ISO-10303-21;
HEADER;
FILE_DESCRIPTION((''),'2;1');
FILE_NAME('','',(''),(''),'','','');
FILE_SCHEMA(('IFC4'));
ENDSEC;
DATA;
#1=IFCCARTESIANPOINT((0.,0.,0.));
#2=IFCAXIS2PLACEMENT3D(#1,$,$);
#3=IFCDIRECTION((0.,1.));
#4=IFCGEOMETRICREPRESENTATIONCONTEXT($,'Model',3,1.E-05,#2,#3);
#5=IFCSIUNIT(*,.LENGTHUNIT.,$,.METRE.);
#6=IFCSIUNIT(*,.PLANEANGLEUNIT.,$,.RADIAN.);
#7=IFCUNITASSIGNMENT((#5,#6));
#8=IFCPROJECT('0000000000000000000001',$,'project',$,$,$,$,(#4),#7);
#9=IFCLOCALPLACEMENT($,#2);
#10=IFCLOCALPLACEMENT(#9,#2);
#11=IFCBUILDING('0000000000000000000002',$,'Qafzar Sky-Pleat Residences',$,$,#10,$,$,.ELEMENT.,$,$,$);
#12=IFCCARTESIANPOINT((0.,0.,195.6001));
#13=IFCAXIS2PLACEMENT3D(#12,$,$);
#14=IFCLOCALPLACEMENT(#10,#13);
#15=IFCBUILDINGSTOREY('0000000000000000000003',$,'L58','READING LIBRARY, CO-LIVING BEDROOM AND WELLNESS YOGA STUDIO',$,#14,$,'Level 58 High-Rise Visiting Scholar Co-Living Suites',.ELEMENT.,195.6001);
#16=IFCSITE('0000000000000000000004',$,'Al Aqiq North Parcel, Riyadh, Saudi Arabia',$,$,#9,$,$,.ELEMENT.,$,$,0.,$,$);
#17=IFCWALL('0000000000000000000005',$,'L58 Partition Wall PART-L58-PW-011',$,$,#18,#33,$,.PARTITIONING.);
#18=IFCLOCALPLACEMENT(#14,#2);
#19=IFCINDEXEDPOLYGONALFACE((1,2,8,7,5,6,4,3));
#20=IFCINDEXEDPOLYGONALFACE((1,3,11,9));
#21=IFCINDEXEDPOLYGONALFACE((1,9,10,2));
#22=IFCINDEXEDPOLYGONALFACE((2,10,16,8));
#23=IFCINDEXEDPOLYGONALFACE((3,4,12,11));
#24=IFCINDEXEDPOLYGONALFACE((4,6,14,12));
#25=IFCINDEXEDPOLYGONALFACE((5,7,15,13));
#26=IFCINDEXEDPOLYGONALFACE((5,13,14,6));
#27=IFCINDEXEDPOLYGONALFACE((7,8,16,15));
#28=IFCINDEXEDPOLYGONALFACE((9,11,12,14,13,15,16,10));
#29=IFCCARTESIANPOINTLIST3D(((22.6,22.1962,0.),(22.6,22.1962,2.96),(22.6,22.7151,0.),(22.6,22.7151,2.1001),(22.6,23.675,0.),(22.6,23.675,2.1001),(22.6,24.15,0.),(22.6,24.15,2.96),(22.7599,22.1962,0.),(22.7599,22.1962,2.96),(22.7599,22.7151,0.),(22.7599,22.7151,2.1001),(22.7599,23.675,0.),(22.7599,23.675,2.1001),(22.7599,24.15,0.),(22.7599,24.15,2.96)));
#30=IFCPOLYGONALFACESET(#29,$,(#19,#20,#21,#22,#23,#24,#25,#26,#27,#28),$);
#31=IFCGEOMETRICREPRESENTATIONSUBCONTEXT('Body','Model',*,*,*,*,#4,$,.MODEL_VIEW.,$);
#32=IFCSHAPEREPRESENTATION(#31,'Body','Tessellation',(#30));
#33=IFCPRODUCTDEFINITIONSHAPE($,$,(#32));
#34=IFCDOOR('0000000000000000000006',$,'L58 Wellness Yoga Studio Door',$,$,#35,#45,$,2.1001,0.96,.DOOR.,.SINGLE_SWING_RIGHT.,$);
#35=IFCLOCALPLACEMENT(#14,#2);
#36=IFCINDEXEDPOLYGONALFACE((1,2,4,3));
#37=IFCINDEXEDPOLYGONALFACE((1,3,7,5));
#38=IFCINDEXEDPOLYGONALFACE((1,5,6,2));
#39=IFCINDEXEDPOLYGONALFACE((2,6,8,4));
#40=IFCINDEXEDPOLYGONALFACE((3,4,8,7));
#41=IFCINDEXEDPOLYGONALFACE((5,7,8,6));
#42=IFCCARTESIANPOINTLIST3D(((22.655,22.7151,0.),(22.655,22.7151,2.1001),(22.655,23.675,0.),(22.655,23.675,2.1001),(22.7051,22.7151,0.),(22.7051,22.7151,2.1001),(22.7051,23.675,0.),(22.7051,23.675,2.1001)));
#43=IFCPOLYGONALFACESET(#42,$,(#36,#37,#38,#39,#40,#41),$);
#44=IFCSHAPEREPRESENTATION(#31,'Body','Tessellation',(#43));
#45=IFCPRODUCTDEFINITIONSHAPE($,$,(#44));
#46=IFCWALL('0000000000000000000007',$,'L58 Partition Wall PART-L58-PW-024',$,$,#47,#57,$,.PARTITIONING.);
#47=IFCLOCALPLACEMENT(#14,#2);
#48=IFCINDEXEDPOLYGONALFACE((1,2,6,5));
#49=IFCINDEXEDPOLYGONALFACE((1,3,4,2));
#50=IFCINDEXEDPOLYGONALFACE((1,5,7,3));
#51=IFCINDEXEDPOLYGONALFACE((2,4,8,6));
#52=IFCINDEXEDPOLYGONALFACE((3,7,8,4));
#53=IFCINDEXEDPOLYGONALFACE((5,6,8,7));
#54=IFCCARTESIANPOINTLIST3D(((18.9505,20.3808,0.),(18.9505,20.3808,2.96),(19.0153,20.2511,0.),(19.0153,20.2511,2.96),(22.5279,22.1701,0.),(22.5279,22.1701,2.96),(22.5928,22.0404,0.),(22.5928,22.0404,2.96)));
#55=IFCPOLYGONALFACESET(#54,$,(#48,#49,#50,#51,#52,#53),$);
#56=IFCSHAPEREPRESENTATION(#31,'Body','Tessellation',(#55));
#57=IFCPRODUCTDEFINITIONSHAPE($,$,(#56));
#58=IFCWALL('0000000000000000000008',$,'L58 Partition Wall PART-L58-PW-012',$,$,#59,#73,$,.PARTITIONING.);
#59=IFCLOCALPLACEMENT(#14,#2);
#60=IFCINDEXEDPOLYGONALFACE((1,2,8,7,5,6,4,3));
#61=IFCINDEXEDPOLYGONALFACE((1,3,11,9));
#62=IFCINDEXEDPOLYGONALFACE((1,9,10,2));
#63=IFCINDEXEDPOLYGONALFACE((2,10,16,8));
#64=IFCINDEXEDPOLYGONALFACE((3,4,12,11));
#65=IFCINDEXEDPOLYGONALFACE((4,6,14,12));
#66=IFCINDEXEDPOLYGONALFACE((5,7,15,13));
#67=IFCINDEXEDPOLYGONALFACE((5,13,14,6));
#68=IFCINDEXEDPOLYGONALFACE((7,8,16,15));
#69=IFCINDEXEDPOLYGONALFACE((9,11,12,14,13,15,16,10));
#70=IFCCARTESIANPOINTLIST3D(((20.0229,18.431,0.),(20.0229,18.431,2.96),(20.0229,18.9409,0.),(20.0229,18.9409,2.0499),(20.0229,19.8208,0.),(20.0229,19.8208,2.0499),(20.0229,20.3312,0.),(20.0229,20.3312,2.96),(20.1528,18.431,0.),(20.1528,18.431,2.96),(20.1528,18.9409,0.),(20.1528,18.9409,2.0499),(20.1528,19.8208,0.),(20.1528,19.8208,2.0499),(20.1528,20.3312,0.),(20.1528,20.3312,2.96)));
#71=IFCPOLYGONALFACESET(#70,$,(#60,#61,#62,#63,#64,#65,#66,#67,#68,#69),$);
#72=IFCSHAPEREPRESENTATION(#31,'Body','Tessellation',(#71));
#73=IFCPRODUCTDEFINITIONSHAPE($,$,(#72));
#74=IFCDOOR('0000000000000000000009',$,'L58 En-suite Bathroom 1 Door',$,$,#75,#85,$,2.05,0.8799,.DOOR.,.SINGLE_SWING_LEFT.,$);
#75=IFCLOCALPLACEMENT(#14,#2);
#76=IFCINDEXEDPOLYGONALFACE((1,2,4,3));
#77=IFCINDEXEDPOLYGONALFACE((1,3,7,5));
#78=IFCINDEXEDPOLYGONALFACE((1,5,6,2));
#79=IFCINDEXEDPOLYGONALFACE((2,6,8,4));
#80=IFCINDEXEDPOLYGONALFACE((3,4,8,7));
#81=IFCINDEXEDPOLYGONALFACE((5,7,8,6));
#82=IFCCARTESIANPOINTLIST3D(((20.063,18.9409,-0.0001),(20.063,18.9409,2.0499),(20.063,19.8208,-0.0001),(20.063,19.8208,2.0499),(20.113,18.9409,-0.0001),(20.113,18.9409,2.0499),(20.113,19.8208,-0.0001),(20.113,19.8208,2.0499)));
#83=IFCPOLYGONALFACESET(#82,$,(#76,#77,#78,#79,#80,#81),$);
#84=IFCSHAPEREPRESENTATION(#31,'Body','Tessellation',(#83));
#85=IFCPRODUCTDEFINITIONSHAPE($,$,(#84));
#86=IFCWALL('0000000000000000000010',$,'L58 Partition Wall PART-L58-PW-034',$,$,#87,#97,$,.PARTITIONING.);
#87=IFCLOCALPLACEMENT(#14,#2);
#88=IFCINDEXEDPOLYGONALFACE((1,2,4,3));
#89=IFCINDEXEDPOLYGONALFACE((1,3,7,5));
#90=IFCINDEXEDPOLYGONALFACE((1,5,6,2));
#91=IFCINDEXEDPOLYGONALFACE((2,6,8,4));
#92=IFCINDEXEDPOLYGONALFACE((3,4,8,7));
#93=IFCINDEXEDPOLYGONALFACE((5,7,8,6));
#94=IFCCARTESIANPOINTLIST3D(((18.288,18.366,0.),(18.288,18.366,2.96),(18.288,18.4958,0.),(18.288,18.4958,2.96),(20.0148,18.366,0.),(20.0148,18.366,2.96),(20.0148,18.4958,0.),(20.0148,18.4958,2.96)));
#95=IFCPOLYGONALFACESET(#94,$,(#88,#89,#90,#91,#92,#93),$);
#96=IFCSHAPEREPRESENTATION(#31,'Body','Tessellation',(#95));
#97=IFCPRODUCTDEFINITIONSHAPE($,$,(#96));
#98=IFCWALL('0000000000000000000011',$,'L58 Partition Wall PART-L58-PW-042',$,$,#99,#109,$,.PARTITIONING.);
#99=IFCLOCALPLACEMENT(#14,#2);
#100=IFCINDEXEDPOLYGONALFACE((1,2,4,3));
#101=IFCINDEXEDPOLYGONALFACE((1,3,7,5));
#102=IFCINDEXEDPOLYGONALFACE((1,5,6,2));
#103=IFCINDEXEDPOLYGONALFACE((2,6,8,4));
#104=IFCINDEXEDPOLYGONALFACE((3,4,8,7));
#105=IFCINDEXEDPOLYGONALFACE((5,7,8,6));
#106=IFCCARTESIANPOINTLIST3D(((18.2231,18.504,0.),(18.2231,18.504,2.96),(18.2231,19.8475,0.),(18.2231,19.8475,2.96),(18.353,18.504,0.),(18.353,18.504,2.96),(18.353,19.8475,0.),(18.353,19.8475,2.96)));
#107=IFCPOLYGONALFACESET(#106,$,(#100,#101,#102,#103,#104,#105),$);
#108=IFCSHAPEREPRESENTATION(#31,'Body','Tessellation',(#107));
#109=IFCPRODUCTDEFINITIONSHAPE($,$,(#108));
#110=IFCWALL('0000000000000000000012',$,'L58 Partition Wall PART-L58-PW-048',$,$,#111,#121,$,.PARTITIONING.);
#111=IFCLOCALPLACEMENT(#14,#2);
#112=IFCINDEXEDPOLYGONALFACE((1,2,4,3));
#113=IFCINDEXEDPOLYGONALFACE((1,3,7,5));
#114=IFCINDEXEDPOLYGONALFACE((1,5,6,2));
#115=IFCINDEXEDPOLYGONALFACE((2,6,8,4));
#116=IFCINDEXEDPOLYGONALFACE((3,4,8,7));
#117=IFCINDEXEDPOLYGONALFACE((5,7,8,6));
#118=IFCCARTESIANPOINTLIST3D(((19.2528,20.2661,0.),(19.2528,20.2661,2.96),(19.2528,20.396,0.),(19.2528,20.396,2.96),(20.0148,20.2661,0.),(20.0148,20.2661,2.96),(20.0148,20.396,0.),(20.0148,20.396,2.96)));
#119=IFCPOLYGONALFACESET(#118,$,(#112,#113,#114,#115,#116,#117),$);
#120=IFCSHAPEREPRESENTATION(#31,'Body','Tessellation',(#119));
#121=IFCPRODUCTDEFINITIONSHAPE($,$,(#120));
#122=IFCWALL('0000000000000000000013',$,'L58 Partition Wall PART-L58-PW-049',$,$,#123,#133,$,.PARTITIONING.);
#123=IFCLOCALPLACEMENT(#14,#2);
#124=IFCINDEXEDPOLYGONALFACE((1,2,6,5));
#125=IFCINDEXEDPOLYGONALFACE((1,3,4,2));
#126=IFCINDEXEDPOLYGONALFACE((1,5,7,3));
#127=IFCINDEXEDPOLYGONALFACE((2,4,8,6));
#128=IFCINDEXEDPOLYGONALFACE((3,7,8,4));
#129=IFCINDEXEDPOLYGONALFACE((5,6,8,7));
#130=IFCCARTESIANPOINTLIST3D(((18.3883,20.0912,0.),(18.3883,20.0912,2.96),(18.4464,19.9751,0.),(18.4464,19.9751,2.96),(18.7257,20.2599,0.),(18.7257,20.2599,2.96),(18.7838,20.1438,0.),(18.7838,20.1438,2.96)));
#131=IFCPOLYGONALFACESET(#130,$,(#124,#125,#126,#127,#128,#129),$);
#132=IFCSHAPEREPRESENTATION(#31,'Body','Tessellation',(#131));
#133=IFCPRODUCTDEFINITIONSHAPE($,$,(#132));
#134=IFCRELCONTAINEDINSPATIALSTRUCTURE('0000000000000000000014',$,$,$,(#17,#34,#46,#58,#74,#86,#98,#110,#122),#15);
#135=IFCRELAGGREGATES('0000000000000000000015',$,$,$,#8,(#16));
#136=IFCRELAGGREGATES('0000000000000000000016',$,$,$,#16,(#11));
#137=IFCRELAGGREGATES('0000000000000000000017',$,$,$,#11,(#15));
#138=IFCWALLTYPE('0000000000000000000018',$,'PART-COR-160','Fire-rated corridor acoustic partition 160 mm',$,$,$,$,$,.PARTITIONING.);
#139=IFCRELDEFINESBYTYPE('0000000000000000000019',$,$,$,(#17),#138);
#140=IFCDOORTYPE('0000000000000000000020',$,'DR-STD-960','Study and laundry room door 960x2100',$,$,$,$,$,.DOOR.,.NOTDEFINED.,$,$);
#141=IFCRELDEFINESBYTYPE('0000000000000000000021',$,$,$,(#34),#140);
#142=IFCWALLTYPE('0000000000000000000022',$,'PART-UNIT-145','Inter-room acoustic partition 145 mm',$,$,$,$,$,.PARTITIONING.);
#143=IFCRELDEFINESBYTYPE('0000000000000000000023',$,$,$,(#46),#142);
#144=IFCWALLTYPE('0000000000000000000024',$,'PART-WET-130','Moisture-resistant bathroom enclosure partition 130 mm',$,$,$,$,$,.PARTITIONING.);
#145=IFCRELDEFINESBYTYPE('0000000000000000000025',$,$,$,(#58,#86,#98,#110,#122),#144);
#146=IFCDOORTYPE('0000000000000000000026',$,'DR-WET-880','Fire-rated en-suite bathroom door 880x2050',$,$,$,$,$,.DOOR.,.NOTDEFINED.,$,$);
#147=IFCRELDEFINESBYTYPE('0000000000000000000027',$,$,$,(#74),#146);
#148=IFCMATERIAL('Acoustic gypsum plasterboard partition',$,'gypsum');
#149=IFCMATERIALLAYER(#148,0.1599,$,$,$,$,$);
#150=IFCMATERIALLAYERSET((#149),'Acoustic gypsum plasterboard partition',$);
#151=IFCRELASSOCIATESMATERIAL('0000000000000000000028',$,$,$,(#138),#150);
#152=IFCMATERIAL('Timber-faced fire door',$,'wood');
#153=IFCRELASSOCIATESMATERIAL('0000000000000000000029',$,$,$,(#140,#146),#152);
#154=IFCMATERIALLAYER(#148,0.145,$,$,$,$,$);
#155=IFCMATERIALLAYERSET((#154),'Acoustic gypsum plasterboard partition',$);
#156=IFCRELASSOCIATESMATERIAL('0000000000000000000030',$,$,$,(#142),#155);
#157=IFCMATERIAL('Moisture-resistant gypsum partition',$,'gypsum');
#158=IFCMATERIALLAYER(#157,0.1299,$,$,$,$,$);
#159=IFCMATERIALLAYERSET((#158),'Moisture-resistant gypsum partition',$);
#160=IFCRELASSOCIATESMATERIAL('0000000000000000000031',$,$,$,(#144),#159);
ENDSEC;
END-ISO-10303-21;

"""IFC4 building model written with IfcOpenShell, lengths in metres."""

from ifc_helpers import new_model, si_unit, direction, frame, frame_2d, origin, place, context, subcontext, project, spatial, rectangle, extrude, source, transform, mapped, material, layer, layer_set, type_object, element, fill, save


model = new_model("IFC4")

# Units and contexts
model_context = context("Model", 3, precision=1e-05, world=origin(), true_north=direction((0.0, 1.0)))
body_context = subcontext(model_context, "Body", "Model", "MODEL_VIEW")
ifc_project = project(units=[si_unit("LENGTHUNIT", "METRE"), si_unit("PLANEANGLEUNIT", "RADIAN")], contexts=[model_context])

# Site, building, storey
site_placement = place(None, origin())
site = spatial("IfcSite", under=ifc_project, at=site_placement, Name="Al Aqiq North Parcel, Riyadh, Saudi Arabia", CompositionType="ELEMENT", RefElevation=0.0)
building_placement = place(site_placement, origin())
building = spatial("IfcBuilding", under=site, at=building_placement, Name="Qafzar Sky-Pleat Residences", CompositionType="ELEMENT")
storey_placement = place(building_placement, frame((0.0, 0.0, 195.6001)))
storey = spatial("IfcBuildingStorey", under=building, at=storey_placement, Name="L58", Description="READING LIBRARY, CO-LIVING BEDROOM AND WELLNESS YOGA STUDIO", LongName="Level 58 High-Rise Visiting Scholar Co-Living Suites", CompositionType="ELEMENT", Elevation=195.6001)

# Wall, opening, door
ifc_material_1 = material(Name="Acoustic gypsum plasterboard partition", Category="gypsum")
ifc_layer_1 = layer(ifc_material_1, 0.1599)
ifc_layer_set_1 = layer_set([ifc_layer_1], Name="Acoustic gypsum plasterboard partition")
wall_type_1 = type_object("IfcWallType", Name="PART-COR-160", Description="Fire-rated corridor acoustic partition 160 mm", PredefinedType="PARTITIONING", material=ifc_layer_set_1)
ifc_material_2 = material(Name="Timber-faced fire door", Category="wood")
wall_1_placement = place(storey_placement, frame((22.6799, 22.196, 0.0), z_axis=(0.0, 0.0, 1.0), x_axis=(0.0, 1.0, 0.0)))
wall_1 = element("IfcWall", 1, at=wall_1_placement, inside=storey, type_object=wall_type_1, Name="L58 Partition Wall PART-L58-PW-011", PredefinedType="PARTITIONING", context=body_context, shape_type="SweptSolid", body=[
    extrude(rectangle(XDim=1.9539, YDim=0.1599, at=frame_2d((0.9771, 0.0))), origin(), (0.0, 0.0, 1.0), 2.96),
])
opening_1_placement = place(wall_1_placement, frame((0.519, 0.0, 0.0)))
opening_1 = element("IfcOpeningElement", 2, at=opening_1_placement, cuts=wall_1, PredefinedType="OPENING", context=body_context, shape_type="SweptSolid", body=[
    extrude(rectangle(XDim=0.96, YDim=2.1001, at=frame_2d((0.48, 1.05))), frame((0.0, 0.0898, 0.0), z_axis=(0.0, -1.0, 0.0), x_axis=(1.0, 0.0, 0.0)), (0.0, 0.0, 1.0), 0.1799),
])
door_type_1 = type_object("IfcDoorType", Name="DR-STD-960", Description="Study and laundry room door 960x2100", OperationType="NOTDEFINED", PredefinedType="DOOR", material=ifc_material_2)
shared_shape_1 = source(origin(), body_context, "Body", "SweptSolid", [
    extrude(rectangle(XDim=0.96, YDim=2.1001, at=frame_2d((0.48, 1.05))), frame((0.0, 0.0249, 0.0), z_axis=(0.0, -1.0, 0.0), x_axis=(1.0, 0.0, 0.0)), (0.0, 0.0, 1.0), 0.05),
])
door_1_placement = place(opening_1_placement, origin())
door_1 = element("IfcDoor", 3, at=door_1_placement, inside=storey, type_object=door_type_1, Name="L58 Wellness Yoga Studio Door", OperationType="SINGLE_SWING_RIGHT", OverallHeight=2.1001, OverallWidth=0.96, PredefinedType="DOOR", context=body_context, shape_type="MappedRepresentation", body=[
    mapped(shared_shape_1, transform((0.0, 0.0, 0.0), x_axis=(1.0, 0.0, 0.0), y_axis=(0.0, 1.0, 0.0), z_axis=(0.0, 0.0, 1.0), scale=1.0)),
])
fill(opening_1, door_1)

# Wall
ifc_layer_2 = layer(ifc_material_1, 0.145)
ifc_layer_set_2 = layer_set([ifc_layer_2], Name="Acoustic gypsum plasterboard partition")
wall_type_2 = type_object("IfcWallType", Name="PART-UNIT-145", Description="Inter-room acoustic partition 145 mm", PredefinedType="PARTITIONING", material=ifc_layer_set_2)
wall_2_placement = place(storey_placement, frame((18.9829, 20.3159, 0.0), z_axis=(0.0, 0.0, 1.0), x_axis=(0.894366, 0.447336, 0.0)))
element("IfcWall", 4, at=wall_2_placement, inside=storey, type_object=wall_type_2, Name="L58 Partition Wall PART-L58-PW-024", PredefinedType="PARTITIONING", context=body_context, shape_type="SweptSolid", body=[
    extrude(rectangle(XDim=4.0, YDim=0.145, at=frame_2d((2.0, 0.0))), origin(), (0.0, 0.0, 1.0), 2.96),
])

# Wall, opening, door
ifc_material_3 = material(Name="Moisture-resistant gypsum partition", Category="gypsum")
ifc_layer_3 = layer(ifc_material_3, 0.1299)
ifc_layer_set_3 = layer_set([ifc_layer_3], Name="Moisture-resistant gypsum partition")
wall_type_3 = type_object("IfcWallType", Name="PART-WET-130", Description="Moisture-resistant bathroom enclosure partition 130 mm", PredefinedType="PARTITIONING", material=ifc_layer_set_3)
wall_3_placement = place(storey_placement, frame((20.0879, 18.4309, 0.0), z_axis=(0.0, 0.0, 1.0), x_axis=(0.0, 1.0, 0.0)))
wall_3 = element("IfcWall", 5, at=wall_3_placement, inside=storey, type_object=wall_type_3, Name="L58 Partition Wall PART-L58-PW-012", PredefinedType="PARTITIONING", context=body_context, shape_type="SweptSolid", body=[
    extrude(rectangle(XDim=1.9001, YDim=0.1299, at=frame_2d((0.9502, 0.0))), origin(), (0.0, 0.0, 1.0), 2.96),
])
opening_2_placement = place(wall_3_placement, frame((0.51, 0.0, 0.0)))
opening_2 = element("IfcOpeningElement", 6, at=opening_2_placement, cuts=wall_3, PredefinedType="OPENING", context=body_context, shape_type="SweptSolid", body=[
    extrude(rectangle(XDim=0.8799, YDim=2.05, at=frame_2d((0.4399, 1.0249))), frame((0.0, 0.075, 0.0), z_axis=(0.0, -1.0, 0.0), x_axis=(1.0, 0.0, 0.0)), (0.0, 0.0, 1.0), 0.1499),
])
door_type_2 = type_object("IfcDoorType", Name="DR-WET-880", Description="Fire-rated en-suite bathroom door 880x2050", OperationType="NOTDEFINED", PredefinedType="DOOR", material=ifc_material_2)
shared_shape_2 = source(origin(), body_context, "Body", "SweptSolid", [
    extrude(rectangle(XDim=0.8799, YDim=2.05, at=frame_2d((0.4399, 1.0249))), frame((0.0, 0.0249, 0.0), z_axis=(0.0, -1.0, 0.0), x_axis=(1.0, 0.0, 0.0)), (0.0, 0.0, 1.0), 0.05),
])
door_2_placement = place(opening_2_placement, origin())
door_2 = element("IfcDoor", 7, at=door_2_placement, inside=storey, type_object=door_type_2, Name="L58 En-suite Bathroom 1 Door", OperationType="SINGLE_SWING_LEFT", OverallHeight=2.05, OverallWidth=0.8799, PredefinedType="DOOR", context=body_context, shape_type="MappedRepresentation", body=[
    mapped(shared_shape_2, transform((0.0, 0.0, 0.0), x_axis=(1.0, 0.0, 0.0), y_axis=(0.0, 1.0, 0.0), z_axis=(0.0, 0.0, 1.0), scale=1.0)),
])
fill(opening_2, door_2)

# Walls
wall_4_placement = place(storey_placement, frame((18.2881, 18.4309, 0.0), z_axis=(0.0, 0.0, 1.0), x_axis=(1.0, 0.0, 0.0)))
element("IfcWall", 8, at=wall_4_placement, inside=storey, type_object=wall_type_3, Name="L58 Partition Wall PART-L58-PW-034", PredefinedType="PARTITIONING", context=body_context, shape_type="SweptSolid", body=[
    extrude(rectangle(XDim=1.7268, YDim=0.1299, at=frame_2d((0.8633, 0.0))), origin(), (0.0, 0.0, 1.0), 2.96),
])
wall_5_placement = place(storey_placement, frame((18.2881, 18.5039, 0.0), z_axis=(0.0, 0.0, 1.0), x_axis=(0.0, 1.0, 0.0)))
element("IfcWall", 9, at=wall_5_placement, inside=storey, type_object=wall_type_3, Name="L58 Partition Wall PART-L58-PW-042", PredefinedType="PARTITIONING", context=body_context, shape_type="SweptSolid", body=[
    extrude(rectangle(XDim=1.3435, YDim=0.1299, at=frame_2d((0.6719, 0.0))), origin(), (0.0, 0.0, 1.0), 2.96),
])
wall_6_placement = place(storey_placement, frame((19.2529, 20.3311, 0.0), z_axis=(0.0, 0.0, 1.0), x_axis=(1.0, 0.0, 0.0)))
element("IfcWall", 10, at=wall_6_placement, inside=storey, type_object=wall_type_3, Name="L58 Partition Wall PART-L58-PW-048", PredefinedType="PARTITIONING", context=body_context, shape_type="SweptSolid", body=[
    extrude(rectangle(XDim=0.762, YDim=0.1299, at=frame_2d((0.3809, 0.0))), origin(), (0.0, 0.0, 1.0), 2.96),
])
wall_7_placement = place(storey_placement, frame((18.4175, 20.0332, 0.0), z_axis=(0.0, 0.0, 1.0), x_axis=(0.894427, 0.447214, 0.0)))
element("IfcWall", 11, at=wall_7_placement, inside=storey, type_object=wall_type_3, Name="L58 Partition Wall PART-L58-PW-049", PredefinedType="PARTITIONING", context=body_context, shape_type="SweptSolid", body=[
    extrude(rectangle(XDim=0.3772, YDim=0.1299, at=frame_2d((0.1885, 0.0))), origin(), (0.0, 0.0, 1.0), 2.96),
])

save(model, "model.ifc")
